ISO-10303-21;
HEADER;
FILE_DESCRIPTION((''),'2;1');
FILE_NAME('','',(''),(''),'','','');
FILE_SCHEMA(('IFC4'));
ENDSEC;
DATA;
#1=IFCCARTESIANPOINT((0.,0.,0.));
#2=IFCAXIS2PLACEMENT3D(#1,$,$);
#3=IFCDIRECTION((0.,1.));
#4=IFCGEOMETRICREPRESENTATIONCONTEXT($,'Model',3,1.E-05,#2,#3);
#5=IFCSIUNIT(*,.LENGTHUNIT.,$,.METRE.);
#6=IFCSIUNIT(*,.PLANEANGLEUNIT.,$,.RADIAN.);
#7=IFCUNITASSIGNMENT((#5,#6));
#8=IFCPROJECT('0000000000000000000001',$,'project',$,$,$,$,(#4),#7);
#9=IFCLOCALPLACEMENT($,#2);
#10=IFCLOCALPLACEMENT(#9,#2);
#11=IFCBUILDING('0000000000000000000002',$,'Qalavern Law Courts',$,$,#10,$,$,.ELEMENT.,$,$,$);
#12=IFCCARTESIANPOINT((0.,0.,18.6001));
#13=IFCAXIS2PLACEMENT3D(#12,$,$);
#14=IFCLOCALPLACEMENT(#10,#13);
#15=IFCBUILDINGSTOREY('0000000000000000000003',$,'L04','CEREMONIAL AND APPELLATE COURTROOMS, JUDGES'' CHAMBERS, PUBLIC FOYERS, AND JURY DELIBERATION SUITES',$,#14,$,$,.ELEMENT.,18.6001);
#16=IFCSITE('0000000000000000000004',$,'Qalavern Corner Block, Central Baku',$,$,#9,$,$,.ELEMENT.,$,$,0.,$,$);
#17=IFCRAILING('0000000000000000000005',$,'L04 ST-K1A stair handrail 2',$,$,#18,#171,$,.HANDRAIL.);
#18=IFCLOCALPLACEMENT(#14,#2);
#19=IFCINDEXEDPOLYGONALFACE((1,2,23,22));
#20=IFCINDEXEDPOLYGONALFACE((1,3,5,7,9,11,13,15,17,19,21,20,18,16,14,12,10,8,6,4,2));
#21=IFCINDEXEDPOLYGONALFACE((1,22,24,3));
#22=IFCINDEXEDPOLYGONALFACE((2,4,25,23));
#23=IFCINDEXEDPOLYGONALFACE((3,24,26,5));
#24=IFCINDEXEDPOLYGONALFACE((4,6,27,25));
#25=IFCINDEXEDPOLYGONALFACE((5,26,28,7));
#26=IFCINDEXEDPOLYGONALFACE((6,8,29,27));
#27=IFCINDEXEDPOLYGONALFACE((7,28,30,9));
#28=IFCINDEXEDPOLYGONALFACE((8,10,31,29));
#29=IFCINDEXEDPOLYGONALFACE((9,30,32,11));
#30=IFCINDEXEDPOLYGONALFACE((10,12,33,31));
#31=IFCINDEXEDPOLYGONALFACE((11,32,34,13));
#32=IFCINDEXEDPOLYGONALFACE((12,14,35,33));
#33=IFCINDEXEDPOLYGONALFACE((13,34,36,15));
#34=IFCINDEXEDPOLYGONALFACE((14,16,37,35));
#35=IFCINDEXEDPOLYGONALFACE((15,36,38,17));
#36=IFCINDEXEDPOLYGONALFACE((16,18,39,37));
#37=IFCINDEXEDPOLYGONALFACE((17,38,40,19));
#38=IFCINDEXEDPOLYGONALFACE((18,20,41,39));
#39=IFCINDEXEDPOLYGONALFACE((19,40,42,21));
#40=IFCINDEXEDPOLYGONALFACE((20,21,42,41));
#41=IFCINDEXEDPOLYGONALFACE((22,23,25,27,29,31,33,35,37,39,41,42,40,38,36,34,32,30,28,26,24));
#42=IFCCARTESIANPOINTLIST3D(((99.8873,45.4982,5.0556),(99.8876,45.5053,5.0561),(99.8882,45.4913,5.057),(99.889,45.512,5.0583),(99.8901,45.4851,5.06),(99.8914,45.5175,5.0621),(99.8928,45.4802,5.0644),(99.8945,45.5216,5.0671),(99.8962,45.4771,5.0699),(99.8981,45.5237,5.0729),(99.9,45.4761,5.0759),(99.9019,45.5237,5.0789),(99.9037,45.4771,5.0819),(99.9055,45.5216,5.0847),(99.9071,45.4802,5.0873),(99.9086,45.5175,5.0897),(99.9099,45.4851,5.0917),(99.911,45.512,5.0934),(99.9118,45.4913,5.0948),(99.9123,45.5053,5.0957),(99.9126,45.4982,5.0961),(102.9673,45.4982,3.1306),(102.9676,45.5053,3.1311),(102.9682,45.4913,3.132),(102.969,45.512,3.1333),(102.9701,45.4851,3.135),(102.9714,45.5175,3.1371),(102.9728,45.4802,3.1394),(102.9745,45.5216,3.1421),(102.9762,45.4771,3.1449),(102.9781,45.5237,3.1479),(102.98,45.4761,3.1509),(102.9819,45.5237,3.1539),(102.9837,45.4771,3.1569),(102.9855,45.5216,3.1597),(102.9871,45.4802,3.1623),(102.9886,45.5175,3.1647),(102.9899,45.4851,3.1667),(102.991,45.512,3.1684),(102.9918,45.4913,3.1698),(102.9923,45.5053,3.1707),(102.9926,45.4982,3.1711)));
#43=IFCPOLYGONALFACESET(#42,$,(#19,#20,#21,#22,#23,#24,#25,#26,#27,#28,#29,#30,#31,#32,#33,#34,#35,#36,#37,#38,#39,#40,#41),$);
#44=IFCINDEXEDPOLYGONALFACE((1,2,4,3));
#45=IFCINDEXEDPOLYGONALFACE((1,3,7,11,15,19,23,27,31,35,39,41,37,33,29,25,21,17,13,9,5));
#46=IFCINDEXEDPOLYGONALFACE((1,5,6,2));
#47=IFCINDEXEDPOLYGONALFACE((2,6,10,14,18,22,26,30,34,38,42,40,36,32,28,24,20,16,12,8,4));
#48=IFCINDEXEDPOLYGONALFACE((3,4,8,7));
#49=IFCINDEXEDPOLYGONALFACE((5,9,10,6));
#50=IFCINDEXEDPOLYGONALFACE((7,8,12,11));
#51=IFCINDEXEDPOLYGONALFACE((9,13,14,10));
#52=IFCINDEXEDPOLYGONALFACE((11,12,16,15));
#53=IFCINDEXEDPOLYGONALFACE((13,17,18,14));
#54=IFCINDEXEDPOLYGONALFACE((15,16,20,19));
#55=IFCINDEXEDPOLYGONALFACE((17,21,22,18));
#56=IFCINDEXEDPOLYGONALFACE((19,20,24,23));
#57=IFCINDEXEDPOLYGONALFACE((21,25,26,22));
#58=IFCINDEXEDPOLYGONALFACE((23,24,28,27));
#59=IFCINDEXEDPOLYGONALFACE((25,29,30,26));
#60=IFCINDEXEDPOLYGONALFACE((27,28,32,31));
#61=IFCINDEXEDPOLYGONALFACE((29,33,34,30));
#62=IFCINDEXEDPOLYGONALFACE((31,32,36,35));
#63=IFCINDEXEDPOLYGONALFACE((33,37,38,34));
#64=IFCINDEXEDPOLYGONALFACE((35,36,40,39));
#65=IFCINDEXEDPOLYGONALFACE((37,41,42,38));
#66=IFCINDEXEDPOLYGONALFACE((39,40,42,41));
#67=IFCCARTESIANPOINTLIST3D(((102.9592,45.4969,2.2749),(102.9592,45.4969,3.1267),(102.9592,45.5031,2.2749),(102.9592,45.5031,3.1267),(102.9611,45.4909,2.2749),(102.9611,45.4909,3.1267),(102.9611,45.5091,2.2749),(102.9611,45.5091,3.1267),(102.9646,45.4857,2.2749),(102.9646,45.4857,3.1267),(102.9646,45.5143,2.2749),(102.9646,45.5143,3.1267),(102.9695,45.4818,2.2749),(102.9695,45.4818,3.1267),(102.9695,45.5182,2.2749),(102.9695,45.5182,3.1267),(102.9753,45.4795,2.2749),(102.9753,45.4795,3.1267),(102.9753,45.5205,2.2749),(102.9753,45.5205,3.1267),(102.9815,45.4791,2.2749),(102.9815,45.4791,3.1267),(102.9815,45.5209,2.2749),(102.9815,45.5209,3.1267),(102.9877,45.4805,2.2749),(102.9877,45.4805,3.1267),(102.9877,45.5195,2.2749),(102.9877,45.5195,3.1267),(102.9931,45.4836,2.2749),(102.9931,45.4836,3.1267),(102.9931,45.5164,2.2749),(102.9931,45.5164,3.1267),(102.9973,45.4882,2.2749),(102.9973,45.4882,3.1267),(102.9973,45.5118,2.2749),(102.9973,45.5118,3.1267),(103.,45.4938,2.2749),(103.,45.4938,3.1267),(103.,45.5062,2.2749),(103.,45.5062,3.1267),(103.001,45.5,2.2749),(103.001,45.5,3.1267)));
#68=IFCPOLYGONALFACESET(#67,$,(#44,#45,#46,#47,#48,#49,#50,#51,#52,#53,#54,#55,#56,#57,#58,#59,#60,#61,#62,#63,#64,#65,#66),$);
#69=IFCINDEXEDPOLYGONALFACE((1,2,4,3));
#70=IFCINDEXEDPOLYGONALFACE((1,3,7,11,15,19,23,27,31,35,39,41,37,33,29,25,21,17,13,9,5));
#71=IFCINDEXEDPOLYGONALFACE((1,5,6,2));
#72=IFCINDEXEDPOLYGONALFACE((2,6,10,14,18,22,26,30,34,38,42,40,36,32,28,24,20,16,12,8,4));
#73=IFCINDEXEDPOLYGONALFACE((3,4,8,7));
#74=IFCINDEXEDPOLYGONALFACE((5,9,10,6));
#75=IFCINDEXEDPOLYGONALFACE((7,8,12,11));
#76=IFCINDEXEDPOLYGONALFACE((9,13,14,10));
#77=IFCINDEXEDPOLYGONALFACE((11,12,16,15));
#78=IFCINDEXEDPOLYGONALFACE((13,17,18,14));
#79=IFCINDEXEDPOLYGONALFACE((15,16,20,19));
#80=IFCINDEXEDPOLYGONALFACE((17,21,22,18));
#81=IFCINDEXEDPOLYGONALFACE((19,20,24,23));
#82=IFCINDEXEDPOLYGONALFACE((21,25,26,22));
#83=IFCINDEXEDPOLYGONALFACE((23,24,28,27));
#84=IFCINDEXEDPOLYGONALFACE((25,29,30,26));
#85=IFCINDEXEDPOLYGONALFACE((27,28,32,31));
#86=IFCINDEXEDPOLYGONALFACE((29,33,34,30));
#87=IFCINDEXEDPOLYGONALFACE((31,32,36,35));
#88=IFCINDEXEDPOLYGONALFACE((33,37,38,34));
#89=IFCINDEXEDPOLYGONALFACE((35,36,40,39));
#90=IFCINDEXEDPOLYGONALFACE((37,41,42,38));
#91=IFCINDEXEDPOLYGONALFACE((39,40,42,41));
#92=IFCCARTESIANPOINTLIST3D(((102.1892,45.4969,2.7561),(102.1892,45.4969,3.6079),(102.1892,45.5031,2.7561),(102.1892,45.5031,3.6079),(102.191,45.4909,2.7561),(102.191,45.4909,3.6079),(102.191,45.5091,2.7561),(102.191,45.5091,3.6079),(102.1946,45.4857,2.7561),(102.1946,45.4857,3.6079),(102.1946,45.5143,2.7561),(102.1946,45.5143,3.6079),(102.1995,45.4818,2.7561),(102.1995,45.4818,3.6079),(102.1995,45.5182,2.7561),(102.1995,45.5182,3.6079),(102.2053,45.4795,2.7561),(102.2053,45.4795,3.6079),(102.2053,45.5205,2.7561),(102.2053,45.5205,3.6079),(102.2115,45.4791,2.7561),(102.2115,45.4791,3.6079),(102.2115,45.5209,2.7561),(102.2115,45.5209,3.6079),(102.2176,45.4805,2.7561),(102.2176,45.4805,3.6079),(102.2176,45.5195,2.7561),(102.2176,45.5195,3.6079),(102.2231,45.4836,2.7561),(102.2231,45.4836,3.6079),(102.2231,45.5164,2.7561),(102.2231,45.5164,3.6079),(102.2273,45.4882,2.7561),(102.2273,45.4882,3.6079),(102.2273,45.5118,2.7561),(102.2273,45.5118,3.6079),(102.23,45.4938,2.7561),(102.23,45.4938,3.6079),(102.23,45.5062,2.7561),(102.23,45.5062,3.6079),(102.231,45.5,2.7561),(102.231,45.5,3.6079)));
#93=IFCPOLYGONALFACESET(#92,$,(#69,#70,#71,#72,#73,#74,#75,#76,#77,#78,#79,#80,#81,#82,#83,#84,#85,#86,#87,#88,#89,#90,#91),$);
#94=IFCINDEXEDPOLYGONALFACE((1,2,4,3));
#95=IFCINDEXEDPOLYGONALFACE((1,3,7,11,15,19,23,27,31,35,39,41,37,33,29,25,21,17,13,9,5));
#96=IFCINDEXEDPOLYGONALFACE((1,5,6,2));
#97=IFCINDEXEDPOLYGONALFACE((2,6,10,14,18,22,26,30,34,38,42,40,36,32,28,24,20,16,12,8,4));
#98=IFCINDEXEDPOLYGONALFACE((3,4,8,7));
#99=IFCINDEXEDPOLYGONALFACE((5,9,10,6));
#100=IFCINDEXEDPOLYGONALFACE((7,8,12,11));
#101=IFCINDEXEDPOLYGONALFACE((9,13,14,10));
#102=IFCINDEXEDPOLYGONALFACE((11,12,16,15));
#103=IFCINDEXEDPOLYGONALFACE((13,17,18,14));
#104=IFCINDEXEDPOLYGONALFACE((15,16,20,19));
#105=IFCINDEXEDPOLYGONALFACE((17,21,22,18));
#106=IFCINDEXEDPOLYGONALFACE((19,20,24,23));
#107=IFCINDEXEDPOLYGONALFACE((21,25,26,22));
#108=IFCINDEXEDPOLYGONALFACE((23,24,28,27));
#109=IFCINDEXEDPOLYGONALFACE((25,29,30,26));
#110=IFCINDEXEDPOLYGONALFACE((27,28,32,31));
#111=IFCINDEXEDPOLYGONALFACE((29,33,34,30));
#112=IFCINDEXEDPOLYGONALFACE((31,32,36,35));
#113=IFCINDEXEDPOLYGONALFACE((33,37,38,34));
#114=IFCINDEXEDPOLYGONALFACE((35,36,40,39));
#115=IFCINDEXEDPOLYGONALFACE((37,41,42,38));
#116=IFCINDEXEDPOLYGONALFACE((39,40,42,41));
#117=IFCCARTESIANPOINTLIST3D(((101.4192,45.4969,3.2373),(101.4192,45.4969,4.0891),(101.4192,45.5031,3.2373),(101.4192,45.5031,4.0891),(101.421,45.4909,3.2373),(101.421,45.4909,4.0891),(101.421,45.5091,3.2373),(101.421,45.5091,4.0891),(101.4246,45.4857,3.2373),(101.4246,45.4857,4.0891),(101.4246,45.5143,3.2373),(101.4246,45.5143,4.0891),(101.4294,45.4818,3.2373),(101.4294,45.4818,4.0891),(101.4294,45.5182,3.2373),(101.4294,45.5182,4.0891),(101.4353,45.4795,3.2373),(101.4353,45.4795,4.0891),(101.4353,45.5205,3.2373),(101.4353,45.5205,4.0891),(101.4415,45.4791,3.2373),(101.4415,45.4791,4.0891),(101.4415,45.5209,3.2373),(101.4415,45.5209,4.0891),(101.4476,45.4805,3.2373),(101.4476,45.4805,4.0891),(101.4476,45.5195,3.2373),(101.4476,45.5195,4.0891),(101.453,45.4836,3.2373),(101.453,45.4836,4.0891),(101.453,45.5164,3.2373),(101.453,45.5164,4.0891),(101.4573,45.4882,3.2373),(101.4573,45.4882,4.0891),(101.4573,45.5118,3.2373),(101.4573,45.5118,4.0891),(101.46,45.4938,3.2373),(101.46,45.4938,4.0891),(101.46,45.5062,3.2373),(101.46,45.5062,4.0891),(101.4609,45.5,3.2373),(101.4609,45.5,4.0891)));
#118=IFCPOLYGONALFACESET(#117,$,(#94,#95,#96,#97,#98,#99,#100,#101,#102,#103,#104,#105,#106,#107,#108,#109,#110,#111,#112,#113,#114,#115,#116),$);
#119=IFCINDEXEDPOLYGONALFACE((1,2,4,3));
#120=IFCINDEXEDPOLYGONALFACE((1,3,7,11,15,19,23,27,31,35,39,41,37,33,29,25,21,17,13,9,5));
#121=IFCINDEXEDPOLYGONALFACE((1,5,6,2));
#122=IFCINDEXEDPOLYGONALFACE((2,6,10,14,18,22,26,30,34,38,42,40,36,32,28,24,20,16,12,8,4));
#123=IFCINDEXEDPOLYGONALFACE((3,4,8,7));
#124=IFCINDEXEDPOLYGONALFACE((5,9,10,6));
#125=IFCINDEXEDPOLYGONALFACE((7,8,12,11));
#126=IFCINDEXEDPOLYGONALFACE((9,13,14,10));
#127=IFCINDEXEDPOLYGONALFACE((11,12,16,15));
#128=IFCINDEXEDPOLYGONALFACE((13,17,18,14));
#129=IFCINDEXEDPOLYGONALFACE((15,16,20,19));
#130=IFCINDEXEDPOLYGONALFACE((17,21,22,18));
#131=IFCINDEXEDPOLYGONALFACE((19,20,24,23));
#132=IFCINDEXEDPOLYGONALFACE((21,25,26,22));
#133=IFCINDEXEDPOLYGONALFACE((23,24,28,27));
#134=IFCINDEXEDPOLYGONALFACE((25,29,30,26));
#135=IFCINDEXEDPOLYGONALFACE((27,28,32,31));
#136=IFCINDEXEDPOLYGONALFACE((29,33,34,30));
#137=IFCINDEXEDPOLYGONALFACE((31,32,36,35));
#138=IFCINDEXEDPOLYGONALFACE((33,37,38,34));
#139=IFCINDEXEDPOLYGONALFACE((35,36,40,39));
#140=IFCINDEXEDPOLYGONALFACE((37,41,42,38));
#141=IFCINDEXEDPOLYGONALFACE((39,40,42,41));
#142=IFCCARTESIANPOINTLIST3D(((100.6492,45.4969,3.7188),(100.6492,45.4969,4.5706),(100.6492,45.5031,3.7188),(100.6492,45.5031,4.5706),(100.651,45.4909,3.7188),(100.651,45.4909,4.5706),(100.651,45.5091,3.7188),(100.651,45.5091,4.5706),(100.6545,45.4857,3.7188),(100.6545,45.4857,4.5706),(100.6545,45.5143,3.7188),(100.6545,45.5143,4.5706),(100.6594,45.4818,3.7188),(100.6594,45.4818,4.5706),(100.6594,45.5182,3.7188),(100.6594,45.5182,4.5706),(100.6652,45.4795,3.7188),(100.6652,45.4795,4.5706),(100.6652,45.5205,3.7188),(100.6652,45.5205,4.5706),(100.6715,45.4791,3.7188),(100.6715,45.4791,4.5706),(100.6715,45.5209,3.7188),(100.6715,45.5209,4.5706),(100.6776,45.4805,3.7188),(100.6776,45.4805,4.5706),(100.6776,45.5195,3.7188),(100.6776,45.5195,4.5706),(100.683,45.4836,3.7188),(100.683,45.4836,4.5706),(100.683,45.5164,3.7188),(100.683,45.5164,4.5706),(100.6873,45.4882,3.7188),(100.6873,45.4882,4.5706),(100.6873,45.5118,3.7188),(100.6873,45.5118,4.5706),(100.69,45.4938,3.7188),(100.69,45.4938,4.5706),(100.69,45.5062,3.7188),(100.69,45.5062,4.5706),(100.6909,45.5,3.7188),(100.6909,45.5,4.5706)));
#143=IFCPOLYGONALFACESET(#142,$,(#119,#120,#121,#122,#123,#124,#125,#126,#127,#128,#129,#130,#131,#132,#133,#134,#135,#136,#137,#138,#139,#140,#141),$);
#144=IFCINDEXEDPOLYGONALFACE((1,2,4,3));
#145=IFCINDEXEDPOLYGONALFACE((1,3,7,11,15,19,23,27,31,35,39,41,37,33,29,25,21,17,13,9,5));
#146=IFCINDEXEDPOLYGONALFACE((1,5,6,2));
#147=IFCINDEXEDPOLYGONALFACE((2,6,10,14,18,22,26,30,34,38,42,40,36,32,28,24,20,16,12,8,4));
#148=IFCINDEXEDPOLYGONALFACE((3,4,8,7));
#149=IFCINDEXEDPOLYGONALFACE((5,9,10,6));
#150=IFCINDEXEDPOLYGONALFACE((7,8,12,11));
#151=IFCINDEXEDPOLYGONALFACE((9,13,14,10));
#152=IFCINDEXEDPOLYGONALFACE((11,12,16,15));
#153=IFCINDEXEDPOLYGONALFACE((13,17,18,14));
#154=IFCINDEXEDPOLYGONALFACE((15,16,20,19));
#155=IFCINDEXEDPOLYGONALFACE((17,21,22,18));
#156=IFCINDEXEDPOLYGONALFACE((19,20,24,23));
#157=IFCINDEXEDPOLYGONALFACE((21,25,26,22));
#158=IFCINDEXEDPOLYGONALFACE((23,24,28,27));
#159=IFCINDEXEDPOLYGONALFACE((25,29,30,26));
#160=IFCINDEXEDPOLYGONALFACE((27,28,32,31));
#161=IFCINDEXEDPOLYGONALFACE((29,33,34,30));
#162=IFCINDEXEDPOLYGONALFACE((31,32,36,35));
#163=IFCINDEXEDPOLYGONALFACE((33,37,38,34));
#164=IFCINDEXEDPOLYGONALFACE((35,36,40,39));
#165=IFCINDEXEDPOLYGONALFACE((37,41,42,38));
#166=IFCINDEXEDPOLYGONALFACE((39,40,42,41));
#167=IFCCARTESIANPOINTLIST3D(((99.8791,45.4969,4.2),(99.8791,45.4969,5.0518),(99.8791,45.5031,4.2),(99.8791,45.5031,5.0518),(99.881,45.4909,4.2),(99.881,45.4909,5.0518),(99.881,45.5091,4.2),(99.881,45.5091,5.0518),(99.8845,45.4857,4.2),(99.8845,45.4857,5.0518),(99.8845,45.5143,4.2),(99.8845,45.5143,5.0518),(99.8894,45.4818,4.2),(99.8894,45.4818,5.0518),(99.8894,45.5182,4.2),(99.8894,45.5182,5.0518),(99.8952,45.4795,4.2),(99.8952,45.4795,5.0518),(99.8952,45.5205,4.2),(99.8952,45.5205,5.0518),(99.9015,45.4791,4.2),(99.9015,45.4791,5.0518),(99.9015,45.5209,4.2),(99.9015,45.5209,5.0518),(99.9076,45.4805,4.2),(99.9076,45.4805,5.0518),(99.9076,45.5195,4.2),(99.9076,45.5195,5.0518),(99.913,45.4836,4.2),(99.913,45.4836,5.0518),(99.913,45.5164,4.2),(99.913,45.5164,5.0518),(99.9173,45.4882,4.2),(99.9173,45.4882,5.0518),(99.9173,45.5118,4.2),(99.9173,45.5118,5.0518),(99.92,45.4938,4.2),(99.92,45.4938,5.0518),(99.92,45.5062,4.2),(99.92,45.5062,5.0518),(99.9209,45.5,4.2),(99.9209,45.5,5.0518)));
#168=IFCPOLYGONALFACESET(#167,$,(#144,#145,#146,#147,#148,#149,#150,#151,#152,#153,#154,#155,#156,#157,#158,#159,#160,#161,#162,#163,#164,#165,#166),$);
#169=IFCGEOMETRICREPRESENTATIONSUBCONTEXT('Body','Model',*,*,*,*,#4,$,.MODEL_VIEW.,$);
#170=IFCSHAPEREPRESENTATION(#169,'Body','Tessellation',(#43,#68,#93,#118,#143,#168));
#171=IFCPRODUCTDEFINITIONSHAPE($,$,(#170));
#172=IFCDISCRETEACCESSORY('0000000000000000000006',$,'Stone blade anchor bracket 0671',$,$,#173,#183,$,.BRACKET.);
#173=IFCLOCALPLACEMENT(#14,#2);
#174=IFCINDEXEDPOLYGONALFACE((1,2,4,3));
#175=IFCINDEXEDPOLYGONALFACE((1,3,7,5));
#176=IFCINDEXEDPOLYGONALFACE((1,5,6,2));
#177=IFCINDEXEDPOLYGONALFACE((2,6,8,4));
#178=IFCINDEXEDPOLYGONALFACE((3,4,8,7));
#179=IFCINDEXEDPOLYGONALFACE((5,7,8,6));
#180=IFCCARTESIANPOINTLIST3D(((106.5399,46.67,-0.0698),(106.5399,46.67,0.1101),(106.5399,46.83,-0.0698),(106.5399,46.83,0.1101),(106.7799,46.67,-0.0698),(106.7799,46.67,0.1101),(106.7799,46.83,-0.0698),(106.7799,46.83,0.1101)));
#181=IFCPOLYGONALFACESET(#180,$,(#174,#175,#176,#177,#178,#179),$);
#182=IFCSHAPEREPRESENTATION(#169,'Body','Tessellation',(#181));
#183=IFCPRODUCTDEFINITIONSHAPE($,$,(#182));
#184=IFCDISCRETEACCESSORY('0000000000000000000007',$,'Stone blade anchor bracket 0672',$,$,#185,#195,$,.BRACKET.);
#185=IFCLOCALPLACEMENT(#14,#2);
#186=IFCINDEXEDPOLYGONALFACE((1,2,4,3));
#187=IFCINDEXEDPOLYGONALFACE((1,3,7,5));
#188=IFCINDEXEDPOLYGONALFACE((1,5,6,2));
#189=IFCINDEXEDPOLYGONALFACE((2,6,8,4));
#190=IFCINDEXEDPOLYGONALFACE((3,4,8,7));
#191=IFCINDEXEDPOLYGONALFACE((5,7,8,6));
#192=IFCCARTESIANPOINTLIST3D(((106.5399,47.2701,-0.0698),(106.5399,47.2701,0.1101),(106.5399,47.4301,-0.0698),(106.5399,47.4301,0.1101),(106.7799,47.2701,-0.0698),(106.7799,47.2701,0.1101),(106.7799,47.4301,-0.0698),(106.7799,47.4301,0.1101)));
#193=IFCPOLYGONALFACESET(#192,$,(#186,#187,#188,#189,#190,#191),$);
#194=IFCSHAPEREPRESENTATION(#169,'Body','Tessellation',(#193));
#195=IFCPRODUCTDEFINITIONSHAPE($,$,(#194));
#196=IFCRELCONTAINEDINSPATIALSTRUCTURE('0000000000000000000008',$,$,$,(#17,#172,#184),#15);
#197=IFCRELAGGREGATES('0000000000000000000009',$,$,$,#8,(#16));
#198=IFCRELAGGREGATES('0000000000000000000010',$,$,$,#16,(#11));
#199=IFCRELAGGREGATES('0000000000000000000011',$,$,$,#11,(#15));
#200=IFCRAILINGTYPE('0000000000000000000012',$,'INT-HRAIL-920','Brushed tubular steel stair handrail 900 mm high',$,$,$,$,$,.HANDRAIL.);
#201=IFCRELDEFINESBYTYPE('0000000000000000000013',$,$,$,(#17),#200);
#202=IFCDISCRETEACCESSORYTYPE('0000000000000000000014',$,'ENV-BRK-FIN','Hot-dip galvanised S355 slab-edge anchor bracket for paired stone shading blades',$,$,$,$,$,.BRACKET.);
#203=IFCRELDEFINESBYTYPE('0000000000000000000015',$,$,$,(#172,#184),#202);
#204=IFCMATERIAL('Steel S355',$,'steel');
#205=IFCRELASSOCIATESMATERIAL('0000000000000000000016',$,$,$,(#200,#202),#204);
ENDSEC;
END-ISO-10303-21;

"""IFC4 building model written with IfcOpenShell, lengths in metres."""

from ifc_helpers import new_model, si_unit, direction, frame, origin, origin_2d, place, context, subcontext, project, spatial, rectangle, circle, extrude, material, type_object, element, save


model = new_model("IFC4")

# Units and contexts
model_context = context("Model", 3, precision=1e-05, world=origin(), true_north=direction((0.0, 1.0)))
body_context = subcontext(model_context, "Body", "Model", "MODEL_VIEW")
ifc_project = project(units=[si_unit("LENGTHUNIT", "METRE"), si_unit("PLANEANGLEUNIT", "RADIAN")], contexts=[model_context])

# Site, building, storey
site_placement = place(None, origin())
site = spatial("IfcSite", under=ifc_project, at=site_placement, Name="Qalavern Corner Block, Central Baku", CompositionType="ELEMENT", RefElevation=0.0)
building_placement = place(site_placement, origin())
building = spatial("IfcBuilding", under=site, at=building_placement, Name="Qalavern Law Courts", CompositionType="ELEMENT")
storey_placement = place(building_placement, frame((0.0, 0.0, 18.6001)))
storey = spatial("IfcBuildingStorey", under=building, at=storey_placement, Name="L04", Description="CEREMONIAL AND APPELLATE COURTROOMS, JUDGES' CHAMBERS, PUBLIC FOYERS, AND JURY DELIBERATION SUITES", CompositionType="ELEMENT", Elevation=18.6001)

# Shared definitions
ifc_material_1 = material(Name="Steel S355", Category="steel")

# Railing
railing_type_1 = type_object("IfcRailingType", Name="INT-HRAIL-920", Description="Brushed tubular steel stair handrail 900 mm high", PredefinedType="HANDRAIL", material=ifc_material_1)
railing_1_placement = place(storey_placement, frame((102.98, 45.5, 2.2749)))
element("IfcRailing", 1, at=railing_1_placement, inside=storey, type_object=railing_type_1, Name="L04 ST-K1A stair handrail 2", PredefinedType="HANDRAIL", context=body_context, shape_type="SweptSolid", body=[
    extrude(circle(Radius=0.0239, at=origin_2d()), frame((0.0, 0.0, 0.876), z_axis=(-0.847998, 0.0, 0.529999), x_axis=(0.0, -1.0, 0.0)), (0.0, 0.0, 1.0), 3.6321),
    extrude(circle(Radius=0.021, at=origin_2d()), origin(), (0.0, 0.0, 1.0), 0.8518),
    extrude(circle(Radius=0.021, at=origin_2d()), frame((-0.77, 0.0, 0.4812)), (0.0, 0.0, 1.0), 0.8518),
    extrude(circle(Radius=0.021, at=origin_2d()), frame((-1.54, 0.0, 0.9624)), (0.0, 0.0, 1.0), 0.8518),
    extrude(circle(Radius=0.021, at=origin_2d()), frame((-2.3101, 0.0, 1.4438)), (0.0, 0.0, 1.0), 0.8518),
    extrude(circle(Radius=0.021, at=origin_2d()), frame((-3.0801, 0.0, 1.925)), (0.0, 0.0, 1.0), 0.8518),
])

# Discrete accessories
discrete_accessory_type = type_object("IfcDiscreteAccessoryType", Name="ENV-BRK-FIN", Description="Hot-dip galvanised S355 slab-edge anchor bracket for paired stone shading blades", PredefinedType="BRACKET", material=ifc_material_1)
for number, where, z_axis, x_axis, name in (
    (2, (106.6599, 46.75, -0.0698), (0.0, 0.0, 1.0), (1.0, 0.0, 0.0), "Stone blade anchor bracket 0671"),
    (3, (106.6599, 47.3501, -0.0698), (0.0, 0.0, 1.0), (1.0, 0.0, 0.0), "Stone blade anchor bracket 0672"),
):
    element("IfcDiscreteAccessory", number, at=place(storey_placement, frame(where, z_axis=z_axis, x_axis=x_axis)), inside=storey, type_object=discrete_accessory_type, Name=name, PredefinedType="BRACKET", context=body_context, shape_type="SweptSolid", body=[
        extrude(rectangle(XDim=0.24, YDim=0.1599, at=origin_2d()), origin(), (0.0, 0.0, 1.0), 0.1799),
    ])

save(model, "model.ifc")
